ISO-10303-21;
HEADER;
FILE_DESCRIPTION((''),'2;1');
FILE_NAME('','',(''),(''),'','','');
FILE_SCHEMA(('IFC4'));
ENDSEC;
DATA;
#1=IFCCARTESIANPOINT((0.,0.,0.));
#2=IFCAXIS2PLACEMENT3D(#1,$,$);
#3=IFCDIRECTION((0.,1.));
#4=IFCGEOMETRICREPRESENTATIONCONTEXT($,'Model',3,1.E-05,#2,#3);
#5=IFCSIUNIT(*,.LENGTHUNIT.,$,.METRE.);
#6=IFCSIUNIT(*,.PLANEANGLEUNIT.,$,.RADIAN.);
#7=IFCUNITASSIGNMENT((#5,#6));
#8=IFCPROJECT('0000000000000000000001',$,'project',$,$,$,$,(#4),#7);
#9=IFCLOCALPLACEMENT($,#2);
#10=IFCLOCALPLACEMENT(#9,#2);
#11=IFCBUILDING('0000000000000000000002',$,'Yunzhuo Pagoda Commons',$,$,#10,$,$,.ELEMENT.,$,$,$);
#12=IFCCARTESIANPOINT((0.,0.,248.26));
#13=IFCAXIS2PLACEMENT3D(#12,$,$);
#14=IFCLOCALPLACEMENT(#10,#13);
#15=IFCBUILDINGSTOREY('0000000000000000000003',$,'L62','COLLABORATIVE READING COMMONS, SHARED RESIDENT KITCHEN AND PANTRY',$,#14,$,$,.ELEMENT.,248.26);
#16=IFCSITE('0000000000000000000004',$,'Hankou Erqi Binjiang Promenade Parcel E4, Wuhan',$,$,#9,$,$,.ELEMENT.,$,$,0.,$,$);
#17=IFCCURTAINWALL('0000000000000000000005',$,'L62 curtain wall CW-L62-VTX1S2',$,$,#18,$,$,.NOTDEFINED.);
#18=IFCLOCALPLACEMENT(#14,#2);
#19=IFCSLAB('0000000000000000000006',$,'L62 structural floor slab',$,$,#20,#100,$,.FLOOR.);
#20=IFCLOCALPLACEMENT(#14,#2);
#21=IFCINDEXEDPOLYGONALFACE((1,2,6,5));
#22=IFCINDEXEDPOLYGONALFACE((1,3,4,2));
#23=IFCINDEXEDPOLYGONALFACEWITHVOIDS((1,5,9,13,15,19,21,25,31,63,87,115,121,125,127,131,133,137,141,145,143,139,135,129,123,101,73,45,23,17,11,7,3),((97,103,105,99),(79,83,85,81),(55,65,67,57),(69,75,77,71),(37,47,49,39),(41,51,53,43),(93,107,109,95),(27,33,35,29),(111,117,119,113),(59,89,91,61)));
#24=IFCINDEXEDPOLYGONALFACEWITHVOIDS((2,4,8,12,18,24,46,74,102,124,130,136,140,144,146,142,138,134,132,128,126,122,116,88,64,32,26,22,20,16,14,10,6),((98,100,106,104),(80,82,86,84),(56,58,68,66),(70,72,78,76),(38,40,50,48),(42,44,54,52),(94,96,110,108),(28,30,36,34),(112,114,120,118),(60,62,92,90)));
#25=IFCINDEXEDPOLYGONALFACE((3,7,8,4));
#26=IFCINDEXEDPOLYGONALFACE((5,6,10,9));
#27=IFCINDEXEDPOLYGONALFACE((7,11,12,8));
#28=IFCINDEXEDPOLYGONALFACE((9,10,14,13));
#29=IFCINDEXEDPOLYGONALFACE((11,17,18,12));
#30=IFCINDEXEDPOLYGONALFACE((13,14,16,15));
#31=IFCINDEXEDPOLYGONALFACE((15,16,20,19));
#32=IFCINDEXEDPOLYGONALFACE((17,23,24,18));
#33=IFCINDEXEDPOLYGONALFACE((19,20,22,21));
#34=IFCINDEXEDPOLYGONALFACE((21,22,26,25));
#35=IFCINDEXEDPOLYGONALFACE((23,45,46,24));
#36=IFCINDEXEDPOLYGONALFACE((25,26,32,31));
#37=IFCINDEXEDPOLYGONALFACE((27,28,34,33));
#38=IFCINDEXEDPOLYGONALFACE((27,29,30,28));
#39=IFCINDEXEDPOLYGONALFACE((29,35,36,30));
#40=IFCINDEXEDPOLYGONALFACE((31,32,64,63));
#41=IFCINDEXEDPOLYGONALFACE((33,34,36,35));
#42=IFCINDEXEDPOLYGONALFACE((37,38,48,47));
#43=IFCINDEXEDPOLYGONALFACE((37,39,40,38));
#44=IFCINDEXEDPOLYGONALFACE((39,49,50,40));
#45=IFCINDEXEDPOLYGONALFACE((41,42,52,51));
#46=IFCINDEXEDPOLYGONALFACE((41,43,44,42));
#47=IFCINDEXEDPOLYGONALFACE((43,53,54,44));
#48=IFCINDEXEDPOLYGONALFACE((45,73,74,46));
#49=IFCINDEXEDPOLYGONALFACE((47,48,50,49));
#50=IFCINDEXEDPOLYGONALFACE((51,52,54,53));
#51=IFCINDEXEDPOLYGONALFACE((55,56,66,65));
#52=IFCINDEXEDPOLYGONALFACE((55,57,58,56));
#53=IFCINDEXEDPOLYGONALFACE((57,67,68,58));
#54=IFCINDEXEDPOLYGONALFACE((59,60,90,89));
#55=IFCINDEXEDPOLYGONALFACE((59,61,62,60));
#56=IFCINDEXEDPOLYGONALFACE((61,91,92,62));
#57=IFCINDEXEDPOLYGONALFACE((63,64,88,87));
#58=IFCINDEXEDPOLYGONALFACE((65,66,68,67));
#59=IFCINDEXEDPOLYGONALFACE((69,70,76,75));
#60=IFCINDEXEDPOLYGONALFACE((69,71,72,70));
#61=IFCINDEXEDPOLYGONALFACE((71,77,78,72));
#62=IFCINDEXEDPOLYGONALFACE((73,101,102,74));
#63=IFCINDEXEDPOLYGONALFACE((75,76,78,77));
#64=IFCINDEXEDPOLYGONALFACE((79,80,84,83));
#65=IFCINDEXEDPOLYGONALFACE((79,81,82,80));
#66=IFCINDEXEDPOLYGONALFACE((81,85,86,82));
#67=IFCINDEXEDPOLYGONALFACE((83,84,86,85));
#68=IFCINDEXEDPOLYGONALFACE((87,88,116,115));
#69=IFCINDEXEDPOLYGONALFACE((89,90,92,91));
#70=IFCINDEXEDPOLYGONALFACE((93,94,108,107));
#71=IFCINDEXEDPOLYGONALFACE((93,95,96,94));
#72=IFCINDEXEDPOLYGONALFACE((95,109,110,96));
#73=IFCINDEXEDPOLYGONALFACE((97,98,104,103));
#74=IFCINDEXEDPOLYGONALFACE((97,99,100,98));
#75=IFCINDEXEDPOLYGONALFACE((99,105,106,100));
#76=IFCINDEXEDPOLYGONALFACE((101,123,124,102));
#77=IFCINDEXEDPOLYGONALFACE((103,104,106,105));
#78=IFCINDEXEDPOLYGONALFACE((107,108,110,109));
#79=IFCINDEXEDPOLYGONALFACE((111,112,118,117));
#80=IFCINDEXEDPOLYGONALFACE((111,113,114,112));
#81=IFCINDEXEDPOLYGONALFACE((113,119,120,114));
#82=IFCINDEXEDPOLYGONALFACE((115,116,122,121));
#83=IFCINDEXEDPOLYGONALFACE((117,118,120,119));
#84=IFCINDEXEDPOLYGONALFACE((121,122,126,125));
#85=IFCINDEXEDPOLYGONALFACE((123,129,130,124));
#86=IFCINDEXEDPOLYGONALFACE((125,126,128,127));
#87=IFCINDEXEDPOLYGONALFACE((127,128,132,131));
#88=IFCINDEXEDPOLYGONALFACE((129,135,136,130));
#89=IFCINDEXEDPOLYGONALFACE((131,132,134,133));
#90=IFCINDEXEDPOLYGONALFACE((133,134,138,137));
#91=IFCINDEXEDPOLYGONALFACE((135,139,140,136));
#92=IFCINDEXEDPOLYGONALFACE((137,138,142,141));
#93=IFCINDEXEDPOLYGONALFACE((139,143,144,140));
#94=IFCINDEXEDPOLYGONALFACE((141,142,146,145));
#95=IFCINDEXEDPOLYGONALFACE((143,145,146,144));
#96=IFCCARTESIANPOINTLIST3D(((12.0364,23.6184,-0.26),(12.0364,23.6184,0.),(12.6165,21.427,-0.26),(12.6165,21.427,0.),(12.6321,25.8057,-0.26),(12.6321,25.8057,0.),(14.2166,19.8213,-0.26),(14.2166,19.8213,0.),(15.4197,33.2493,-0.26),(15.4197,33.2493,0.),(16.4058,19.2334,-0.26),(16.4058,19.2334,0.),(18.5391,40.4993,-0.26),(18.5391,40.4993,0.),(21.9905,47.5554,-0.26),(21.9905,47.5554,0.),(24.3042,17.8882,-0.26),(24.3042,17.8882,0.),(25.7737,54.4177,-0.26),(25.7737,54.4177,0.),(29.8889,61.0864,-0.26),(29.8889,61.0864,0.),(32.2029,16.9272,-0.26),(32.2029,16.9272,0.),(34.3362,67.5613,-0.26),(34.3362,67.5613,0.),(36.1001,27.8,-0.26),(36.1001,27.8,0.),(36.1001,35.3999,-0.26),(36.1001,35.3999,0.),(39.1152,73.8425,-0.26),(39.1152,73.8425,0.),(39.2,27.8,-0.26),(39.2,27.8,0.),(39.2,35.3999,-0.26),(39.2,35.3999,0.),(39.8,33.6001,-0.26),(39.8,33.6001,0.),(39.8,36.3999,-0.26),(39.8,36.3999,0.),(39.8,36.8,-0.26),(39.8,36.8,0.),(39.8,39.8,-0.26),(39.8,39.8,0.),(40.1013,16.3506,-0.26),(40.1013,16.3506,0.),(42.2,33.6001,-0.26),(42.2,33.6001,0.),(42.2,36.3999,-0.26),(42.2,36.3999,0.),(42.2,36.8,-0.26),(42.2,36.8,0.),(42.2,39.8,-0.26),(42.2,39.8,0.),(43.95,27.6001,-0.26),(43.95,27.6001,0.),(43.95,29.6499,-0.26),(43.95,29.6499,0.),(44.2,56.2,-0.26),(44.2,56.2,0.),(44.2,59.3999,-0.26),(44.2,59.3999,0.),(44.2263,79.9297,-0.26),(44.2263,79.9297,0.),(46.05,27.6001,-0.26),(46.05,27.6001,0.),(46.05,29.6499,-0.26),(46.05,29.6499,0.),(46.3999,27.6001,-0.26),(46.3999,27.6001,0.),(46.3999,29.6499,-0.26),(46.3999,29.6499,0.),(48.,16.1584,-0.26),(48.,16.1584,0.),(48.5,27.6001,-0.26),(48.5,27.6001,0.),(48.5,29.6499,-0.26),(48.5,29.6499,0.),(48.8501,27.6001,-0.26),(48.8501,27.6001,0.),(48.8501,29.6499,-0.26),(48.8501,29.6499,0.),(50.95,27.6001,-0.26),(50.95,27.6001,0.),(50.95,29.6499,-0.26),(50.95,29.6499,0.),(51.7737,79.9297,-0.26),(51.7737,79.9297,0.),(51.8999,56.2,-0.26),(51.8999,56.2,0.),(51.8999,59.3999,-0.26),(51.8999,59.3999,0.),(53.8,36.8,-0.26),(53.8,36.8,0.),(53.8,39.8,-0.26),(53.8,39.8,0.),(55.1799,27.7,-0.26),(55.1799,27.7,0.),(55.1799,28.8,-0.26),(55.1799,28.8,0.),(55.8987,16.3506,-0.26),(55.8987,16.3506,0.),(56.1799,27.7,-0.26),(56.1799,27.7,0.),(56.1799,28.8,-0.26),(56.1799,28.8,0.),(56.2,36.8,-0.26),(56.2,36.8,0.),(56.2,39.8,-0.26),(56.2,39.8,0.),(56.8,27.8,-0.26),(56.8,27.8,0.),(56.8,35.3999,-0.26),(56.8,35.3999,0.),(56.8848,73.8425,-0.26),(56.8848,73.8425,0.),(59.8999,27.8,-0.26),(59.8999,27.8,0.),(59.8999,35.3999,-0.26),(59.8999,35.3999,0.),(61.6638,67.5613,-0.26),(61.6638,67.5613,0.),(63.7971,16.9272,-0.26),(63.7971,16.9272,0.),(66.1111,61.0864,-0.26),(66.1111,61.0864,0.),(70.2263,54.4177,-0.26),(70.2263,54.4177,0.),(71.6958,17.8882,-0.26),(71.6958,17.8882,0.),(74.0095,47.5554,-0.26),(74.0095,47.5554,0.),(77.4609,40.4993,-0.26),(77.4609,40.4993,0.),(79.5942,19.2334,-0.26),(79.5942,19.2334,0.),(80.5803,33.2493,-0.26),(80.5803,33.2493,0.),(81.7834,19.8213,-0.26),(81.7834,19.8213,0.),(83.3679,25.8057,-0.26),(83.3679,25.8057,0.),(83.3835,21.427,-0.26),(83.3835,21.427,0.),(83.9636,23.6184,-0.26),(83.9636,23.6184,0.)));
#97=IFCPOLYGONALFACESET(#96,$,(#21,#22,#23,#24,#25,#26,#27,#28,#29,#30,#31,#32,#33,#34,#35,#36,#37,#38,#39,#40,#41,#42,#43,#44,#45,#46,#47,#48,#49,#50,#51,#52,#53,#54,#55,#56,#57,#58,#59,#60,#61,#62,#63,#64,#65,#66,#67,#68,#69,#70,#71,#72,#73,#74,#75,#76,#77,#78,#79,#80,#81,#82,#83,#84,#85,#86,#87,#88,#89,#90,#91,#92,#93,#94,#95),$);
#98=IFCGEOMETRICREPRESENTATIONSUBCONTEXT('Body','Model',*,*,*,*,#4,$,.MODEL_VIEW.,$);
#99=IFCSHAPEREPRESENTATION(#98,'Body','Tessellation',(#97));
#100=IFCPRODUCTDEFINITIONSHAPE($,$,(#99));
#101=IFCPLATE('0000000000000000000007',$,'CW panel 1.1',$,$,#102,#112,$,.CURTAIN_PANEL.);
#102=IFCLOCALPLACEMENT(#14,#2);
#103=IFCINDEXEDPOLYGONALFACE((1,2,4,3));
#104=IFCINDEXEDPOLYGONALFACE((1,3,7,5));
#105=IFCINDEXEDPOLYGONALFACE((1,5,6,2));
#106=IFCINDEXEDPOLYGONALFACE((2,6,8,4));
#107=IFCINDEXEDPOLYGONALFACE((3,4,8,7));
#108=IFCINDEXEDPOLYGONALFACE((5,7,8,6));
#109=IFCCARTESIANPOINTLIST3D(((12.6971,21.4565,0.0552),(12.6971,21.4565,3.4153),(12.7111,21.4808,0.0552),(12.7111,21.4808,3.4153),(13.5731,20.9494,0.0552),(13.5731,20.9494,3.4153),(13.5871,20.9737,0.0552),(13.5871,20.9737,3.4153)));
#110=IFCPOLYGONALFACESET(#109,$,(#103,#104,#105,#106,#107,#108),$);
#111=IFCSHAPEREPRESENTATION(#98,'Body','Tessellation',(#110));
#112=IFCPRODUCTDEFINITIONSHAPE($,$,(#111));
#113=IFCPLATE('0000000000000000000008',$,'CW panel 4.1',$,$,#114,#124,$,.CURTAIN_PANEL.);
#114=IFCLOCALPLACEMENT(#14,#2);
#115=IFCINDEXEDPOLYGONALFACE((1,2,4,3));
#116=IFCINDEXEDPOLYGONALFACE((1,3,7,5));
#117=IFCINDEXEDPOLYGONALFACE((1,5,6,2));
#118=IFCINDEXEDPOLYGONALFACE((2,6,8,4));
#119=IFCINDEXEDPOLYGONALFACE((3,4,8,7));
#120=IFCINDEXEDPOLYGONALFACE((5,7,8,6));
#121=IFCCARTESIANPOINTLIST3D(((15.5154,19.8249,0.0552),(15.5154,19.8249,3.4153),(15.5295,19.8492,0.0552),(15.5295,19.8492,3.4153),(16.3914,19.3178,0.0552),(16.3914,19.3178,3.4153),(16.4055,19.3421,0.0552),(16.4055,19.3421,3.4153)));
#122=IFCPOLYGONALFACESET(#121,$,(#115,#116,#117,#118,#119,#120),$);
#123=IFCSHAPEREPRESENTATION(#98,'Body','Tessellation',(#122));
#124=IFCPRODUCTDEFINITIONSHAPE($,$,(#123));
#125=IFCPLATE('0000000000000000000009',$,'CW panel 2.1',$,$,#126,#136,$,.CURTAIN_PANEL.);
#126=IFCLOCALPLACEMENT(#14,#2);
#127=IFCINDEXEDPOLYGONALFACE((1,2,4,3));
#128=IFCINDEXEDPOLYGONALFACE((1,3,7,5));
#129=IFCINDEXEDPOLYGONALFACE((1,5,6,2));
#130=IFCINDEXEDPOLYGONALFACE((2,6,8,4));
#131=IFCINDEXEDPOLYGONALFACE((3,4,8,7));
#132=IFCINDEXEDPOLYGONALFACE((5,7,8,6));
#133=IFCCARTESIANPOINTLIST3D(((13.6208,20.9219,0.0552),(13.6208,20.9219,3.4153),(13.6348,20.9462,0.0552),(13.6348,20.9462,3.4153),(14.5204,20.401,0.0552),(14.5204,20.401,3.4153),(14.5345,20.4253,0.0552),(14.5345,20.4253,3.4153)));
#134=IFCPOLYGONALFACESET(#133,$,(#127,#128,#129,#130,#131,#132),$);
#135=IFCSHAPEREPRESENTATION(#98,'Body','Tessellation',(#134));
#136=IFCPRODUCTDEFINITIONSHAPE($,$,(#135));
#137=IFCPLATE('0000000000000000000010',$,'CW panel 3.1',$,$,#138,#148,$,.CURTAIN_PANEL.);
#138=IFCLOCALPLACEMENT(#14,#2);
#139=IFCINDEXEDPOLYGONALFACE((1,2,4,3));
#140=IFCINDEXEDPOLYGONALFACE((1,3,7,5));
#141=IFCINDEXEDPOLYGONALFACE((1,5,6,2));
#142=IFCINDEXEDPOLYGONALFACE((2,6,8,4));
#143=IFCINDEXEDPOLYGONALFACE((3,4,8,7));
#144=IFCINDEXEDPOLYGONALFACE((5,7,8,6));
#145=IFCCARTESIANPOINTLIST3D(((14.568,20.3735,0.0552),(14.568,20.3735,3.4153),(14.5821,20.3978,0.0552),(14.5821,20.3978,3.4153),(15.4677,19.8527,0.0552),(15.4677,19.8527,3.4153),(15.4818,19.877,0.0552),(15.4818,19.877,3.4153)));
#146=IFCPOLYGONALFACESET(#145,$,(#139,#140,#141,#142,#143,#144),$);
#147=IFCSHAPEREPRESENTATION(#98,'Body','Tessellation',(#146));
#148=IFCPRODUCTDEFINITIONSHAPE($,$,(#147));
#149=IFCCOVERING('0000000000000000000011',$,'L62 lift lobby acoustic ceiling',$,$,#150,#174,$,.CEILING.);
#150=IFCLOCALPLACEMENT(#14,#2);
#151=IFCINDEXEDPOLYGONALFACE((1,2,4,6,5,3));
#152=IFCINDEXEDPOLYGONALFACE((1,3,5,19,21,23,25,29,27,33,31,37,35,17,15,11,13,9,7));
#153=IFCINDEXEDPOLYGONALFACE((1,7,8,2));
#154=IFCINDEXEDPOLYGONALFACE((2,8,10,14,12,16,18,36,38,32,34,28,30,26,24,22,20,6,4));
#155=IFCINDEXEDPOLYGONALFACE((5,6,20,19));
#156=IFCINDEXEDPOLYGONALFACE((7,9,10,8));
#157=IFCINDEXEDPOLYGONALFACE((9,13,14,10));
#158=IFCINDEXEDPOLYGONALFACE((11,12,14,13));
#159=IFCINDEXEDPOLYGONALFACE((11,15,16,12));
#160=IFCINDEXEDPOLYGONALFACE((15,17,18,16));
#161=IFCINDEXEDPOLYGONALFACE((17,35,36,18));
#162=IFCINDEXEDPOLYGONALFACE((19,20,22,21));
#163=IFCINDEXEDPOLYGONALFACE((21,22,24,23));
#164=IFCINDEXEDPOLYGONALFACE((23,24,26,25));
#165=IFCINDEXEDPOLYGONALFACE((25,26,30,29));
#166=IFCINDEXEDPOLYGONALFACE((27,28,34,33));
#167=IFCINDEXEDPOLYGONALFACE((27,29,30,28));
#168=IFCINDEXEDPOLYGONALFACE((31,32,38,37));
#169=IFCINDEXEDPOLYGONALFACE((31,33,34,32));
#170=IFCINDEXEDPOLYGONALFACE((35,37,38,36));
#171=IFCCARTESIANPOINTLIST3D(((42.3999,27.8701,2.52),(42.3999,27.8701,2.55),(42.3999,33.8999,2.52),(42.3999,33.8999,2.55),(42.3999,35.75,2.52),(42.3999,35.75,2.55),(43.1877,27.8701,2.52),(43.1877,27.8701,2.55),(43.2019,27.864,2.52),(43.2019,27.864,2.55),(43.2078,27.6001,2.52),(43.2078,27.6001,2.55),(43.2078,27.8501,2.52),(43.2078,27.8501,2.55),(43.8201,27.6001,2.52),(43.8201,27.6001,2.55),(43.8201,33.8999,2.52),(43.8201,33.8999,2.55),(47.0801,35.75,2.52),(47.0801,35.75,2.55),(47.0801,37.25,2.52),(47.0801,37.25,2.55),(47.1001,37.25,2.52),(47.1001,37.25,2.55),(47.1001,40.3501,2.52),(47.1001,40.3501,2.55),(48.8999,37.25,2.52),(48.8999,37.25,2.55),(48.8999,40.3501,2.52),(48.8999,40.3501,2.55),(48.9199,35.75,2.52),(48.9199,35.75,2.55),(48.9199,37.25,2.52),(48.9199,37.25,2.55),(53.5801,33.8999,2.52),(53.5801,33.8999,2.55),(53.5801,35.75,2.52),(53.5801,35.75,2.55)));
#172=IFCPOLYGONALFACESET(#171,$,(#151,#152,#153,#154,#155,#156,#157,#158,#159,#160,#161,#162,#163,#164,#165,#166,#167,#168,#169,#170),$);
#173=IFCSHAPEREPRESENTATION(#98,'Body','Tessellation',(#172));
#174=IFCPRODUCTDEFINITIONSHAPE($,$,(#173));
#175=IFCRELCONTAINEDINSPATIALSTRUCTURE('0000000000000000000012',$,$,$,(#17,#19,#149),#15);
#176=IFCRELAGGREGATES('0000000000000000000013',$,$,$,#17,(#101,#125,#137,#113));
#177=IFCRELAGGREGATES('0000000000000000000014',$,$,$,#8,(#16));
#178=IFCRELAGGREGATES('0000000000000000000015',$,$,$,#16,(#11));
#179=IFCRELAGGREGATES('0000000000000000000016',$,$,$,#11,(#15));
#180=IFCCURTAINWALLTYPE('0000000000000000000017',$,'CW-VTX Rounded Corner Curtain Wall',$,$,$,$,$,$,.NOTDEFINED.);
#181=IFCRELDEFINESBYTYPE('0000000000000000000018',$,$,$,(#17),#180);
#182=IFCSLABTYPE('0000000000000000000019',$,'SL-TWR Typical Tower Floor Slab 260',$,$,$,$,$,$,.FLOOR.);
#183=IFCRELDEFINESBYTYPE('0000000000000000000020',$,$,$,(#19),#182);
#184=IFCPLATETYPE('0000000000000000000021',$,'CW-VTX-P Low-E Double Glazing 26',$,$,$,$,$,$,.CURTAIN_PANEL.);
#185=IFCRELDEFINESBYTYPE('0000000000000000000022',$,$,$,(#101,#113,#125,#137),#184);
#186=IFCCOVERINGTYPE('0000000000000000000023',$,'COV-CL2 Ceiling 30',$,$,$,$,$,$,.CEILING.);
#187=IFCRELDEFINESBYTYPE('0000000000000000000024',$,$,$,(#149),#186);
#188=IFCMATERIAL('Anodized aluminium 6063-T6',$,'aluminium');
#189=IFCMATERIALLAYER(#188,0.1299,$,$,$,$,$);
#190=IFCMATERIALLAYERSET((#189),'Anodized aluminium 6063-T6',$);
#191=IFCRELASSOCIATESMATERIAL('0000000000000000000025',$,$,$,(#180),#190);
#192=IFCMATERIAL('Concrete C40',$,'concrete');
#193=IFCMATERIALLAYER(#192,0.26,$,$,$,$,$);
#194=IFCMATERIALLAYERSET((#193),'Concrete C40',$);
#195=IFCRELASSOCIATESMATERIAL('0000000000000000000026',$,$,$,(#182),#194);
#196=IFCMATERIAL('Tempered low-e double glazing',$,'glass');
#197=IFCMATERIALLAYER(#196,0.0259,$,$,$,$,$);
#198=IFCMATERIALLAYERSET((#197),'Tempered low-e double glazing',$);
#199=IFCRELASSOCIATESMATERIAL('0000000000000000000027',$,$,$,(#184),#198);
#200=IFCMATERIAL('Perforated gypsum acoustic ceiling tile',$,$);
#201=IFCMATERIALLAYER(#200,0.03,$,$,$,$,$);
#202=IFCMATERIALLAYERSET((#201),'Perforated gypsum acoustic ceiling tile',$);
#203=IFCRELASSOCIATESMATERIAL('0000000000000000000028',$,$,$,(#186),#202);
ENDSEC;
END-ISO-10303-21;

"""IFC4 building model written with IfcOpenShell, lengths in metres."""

from ifc_helpers import new_model, si_unit, direction, frame, origin, origin_2d, place, context, subcontext, project, spatial, polyline, rectangle, outline, extrude, source, transform, mapped, material, layer, layer_set, type_object, element, aggregate, save


model = new_model("IFC4")

# Units and contexts
model_context = context("Model", 3, precision=1e-05, world=origin(), true_north=direction((0.0, 1.0)))
body_context = subcontext(model_context, "Body", "Model", "MODEL_VIEW")
ifc_project = project(units=[si_unit("LENGTHUNIT", "METRE"), si_unit("PLANEANGLEUNIT", "RADIAN")], contexts=[model_context])

# Site, building, storey
site_placement = place(None, origin())
site = spatial("IfcSite", under=ifc_project, at=site_placement, Name="Hankou Erqi Binjiang Promenade Parcel E4, Wuhan", CompositionType="ELEMENT", RefElevation=0.0)
building_placement = place(site_placement, origin())
building = spatial("IfcBuilding", under=site, at=building_placement, Name="Yunzhuo Pagoda Commons", CompositionType="ELEMENT")
storey_placement = place(building_placement, frame((0.0, 0.0, 248.26)))
storey = spatial("IfcBuildingStorey", under=building, at=storey_placement, Name="L62", Description="COLLABORATIVE READING COMMONS, SHARED RESIDENT KITCHEN AND PANTRY", CompositionType="ELEMENT", Elevation=248.26)

# Curtain wall
ifc_material_1 = material(Name="Anodized aluminium 6063-T6", Category="aluminium")
ifc_layer_1 = layer(ifc_material_1, 0.1299)
ifc_layer_set_1 = layer_set([ifc_layer_1], Name="Anodized aluminium 6063-T6")
curtain_wall_type_1 = type_object("IfcCurtainWallType", Name="CW-VTX Rounded Corner Curtain Wall", PredefinedType="NOTDEFINED", material=ifc_layer_set_1)
curtain_wall_1_placement = place(storey_placement, origin())
curtain_wall_1 = element("IfcCurtainWall", 1, at=curtain_wall_1_placement, inside=storey, type_object=curtain_wall_type_1, Name="L62 curtain wall CW-L62-VTX1S2", PredefinedType="NOTDEFINED")

# Shared definitions
ifc_material_2 = material(Name="Concrete C40", Category="concrete")

# Slab
ifc_layer_2 = layer(ifc_material_2, 0.26)
ifc_layer_set_2 = layer_set([ifc_layer_2], Name="Concrete C40")
slab_type_1 = type_object("IfcSlabType", Name="SL-TWR Typical Tower Floor Slab 260", PredefinedType="FLOOR", material=ifc_layer_set_2)
slab_1_placement = place(storey_placement, frame((0.0, 0.0, -0.26)))
element("IfcSlab", 2, at=slab_1_placement, inside=storey, type_object=slab_type_1, Name="L62 structural floor slab", PredefinedType="FLOOR", context=body_context, shape_type="SweptSolid", body=[
    extrude(outline(polyline([(15.4197, 33.2493), (18.5391, 40.4993), (21.9905, 47.5554), (25.7737, 54.4177), (29.8889, 61.0864), (34.3362, 67.5613), (39.1152, 73.8425), (44.2263, 79.9297), (51.7737, 79.9297), (56.8848, 73.8425), (61.6638, 67.5613), (66.1111, 61.0864), (70.2263, 54.4177), (74.0095, 47.5554), (77.4609, 40.4993), (80.5803, 33.2493), (83.3679, 25.8057), (83.9636, 23.6184), (83.3835, 21.427), (81.7834, 19.8213), (79.5942, 19.2334), (71.6958, 17.8882), (63.7971, 16.9272), (55.8987, 16.3506), (48.0, 16.1584), (40.1013, 16.3506), (32.2029, 16.9272), (24.3042, 17.8882), (16.4058, 19.2334), (14.2166, 19.8213), (12.6165, 21.427), (12.0364, 23.6184), (12.6321, 25.8057), (15.4197, 33.2493)]), holes=[polyline([(56.1799, 28.8), (55.1799, 28.8), (55.1799, 27.7), (56.1799, 27.7), (56.1799, 28.8)]), polyline([(46.05, 29.6499), (43.95, 29.6499), (43.95, 27.6001), (46.05, 27.6001), (46.05, 29.6499)]), polyline([(48.5, 29.6499), (46.3999, 29.6499), (46.3999, 27.6001), (48.5, 27.6001), (48.5, 29.6499)]), polyline([(50.95, 27.6001), (50.95, 29.6499), (48.8501, 29.6499), (48.8501, 27.6001), (50.95, 27.6001)]), polyline([(36.1001, 27.8), (39.2, 27.8), (39.2, 35.3999), (36.1001, 35.3999), (36.1001, 27.8)]), polyline([(59.8999, 27.8), (59.8999, 35.3999), (56.8, 35.3999), (56.8, 27.8), (59.8999, 27.8)]), polyline([(42.2, 36.3999), (39.8, 36.3999), (39.8, 33.6001), (42.2, 33.6001), (42.2, 36.3999)]), polyline([(42.2, 39.8), (39.8, 39.8), (39.8, 36.8), (42.2, 36.8), (42.2, 39.8)]), polyline([(56.2, 36.8), (56.2, 39.8), (53.8, 39.8), (53.8, 36.8), (56.2, 36.8)]), polyline([(51.8999, 56.2), (51.8999, 59.3999), (44.2, 59.3999), (44.2, 56.2), (51.8999, 56.2)])]), origin(), (0.0, 0.0, 1.0), 0.26),
])

# Plates
ifc_material_3 = material(Name="Tempered low-e double glazing", Category="glass")
ifc_layer_3 = layer(ifc_material_3, 0.0259)
ifc_layer_set_3 = layer_set([ifc_layer_3], Name="Tempered low-e double glazing")
plate_type = type_object("IfcPlateType", Name="CW-VTX-P Low-E Double Glazing 26", PredefinedType="CURTAIN_PANEL", material=ifc_layer_set_3)
shared_shape_1 = source(origin(), body_context, "Body", "SweptSolid", [
    extrude(rectangle(XDim=1.0122, YDim=0.0281, at=origin_2d()), origin(), (0.0, 0.0, 1.0), 3.3601),
])
plate_1_placement = place(storey_placement, frame((13.1421, 21.2151, 0.0552), z_axis=(0.0, 0.0, 1.0), x_axis=(0.865427, -0.501035, 0.0)))
plate_1 = element("IfcPlate", 3, at=plate_1_placement, type_object=plate_type, Name="CW panel 1.1", PredefinedType="CURTAIN_PANEL", context=body_context, shape_type="MappedRepresentation", body=[
    mapped(shared_shape_1, transform((0.0, 0.0, 0.0), scale=1.0)),
])
plate_2_placement = place(storey_placement, frame((15.9604, 19.5835, 0.0552), z_axis=(0.0, 0.0, 1.0), x_axis=(0.865427, -0.501035, 0.0)))
plate_2 = element("IfcPlate", 4, at=plate_2_placement, type_object=plate_type, Name="CW panel 4.1", PredefinedType="CURTAIN_PANEL", context=body_context, shape_type="MappedRepresentation", body=[
    mapped(shared_shape_1, transform((0.0, 0.0, 0.0), scale=1.0)),
])
shared_shape_2 = source(origin(), body_context, "Body", "SweptSolid", [
    extrude(rectangle(XDim=1.0396, YDim=0.0281, at=origin_2d()), origin(), (0.0, 0.0, 1.0), 3.3601),
])
plate_3_placement = place(storey_placement, frame((14.0776, 20.6736, 0.0552), z_axis=(0.0, 0.0, 1.0), x_axis=(0.865427, -0.501035, 0.0)))
plate_3 = element("IfcPlate", 5, at=plate_3_placement, type_object=plate_type, Name="CW panel 2.1", PredefinedType="CURTAIN_PANEL", context=body_context, shape_type="MappedRepresentation", body=[
    mapped(shared_shape_2, transform((0.0, 0.0, 0.0), scale=1.0)),
])
plate_4_placement = place(storey_placement, frame((15.0249, 20.1252, 0.0552), z_axis=(0.0, 0.0, 1.0), x_axis=(0.865427, -0.501035, 0.0)))
plate_4 = element("IfcPlate", 6, at=plate_4_placement, type_object=plate_type, Name="CW panel 3.1", PredefinedType="CURTAIN_PANEL", context=body_context, shape_type="MappedRepresentation", body=[
    mapped(shared_shape_2, transform((0.0, 0.0, 0.0), scale=1.0)),
])
aggregate(curtain_wall_1, [plate_1, plate_3, plate_4, plate_2])

# Covering
ifc_material_4 = material(Name="Perforated gypsum acoustic ceiling tile")
ifc_layer_4 = layer(ifc_material_4, 0.03)
ifc_layer_set_4 = layer_set([ifc_layer_4], Name="Perforated gypsum acoustic ceiling tile")
covering_type_1 = type_object("IfcCoveringType", Name="COV-CL2 Ceiling 30", PredefinedType="CEILING", material=ifc_layer_set_4)
covering_1_placement = place(storey_placement, frame((0.0, 0.0, 2.52)))
element("IfcCovering", 7, at=covering_1_placement, inside=storey, type_object=covering_type_1, Name="L62 lift lobby acoustic ceiling", PredefinedType="CEILING", context=body_context, shape_type="SweptSolid", body=[
    extrude(outline(polyline([(42.3999, 35.75), (47.0801, 35.75), (47.0801, 37.25), (47.1001, 37.25), (47.1001, 40.3501), (48.8999, 40.3501), (48.8999, 37.25), (48.9199, 37.25), (48.9199, 35.75), (53.5801, 35.75), (53.5801, 33.8999), (43.8201, 33.8999), (43.8201, 27.6001), (43.2078, 27.6001), (43.2078, 27.8501), (43.2019, 27.864), (43.1877, 27.8701), (42.3999, 27.8701), (42.3999, 33.8999), (42.3999, 35.75)])), origin(), (0.0, 0.0, 1.0), 0.03),
])

save(model, "model.ifc")
